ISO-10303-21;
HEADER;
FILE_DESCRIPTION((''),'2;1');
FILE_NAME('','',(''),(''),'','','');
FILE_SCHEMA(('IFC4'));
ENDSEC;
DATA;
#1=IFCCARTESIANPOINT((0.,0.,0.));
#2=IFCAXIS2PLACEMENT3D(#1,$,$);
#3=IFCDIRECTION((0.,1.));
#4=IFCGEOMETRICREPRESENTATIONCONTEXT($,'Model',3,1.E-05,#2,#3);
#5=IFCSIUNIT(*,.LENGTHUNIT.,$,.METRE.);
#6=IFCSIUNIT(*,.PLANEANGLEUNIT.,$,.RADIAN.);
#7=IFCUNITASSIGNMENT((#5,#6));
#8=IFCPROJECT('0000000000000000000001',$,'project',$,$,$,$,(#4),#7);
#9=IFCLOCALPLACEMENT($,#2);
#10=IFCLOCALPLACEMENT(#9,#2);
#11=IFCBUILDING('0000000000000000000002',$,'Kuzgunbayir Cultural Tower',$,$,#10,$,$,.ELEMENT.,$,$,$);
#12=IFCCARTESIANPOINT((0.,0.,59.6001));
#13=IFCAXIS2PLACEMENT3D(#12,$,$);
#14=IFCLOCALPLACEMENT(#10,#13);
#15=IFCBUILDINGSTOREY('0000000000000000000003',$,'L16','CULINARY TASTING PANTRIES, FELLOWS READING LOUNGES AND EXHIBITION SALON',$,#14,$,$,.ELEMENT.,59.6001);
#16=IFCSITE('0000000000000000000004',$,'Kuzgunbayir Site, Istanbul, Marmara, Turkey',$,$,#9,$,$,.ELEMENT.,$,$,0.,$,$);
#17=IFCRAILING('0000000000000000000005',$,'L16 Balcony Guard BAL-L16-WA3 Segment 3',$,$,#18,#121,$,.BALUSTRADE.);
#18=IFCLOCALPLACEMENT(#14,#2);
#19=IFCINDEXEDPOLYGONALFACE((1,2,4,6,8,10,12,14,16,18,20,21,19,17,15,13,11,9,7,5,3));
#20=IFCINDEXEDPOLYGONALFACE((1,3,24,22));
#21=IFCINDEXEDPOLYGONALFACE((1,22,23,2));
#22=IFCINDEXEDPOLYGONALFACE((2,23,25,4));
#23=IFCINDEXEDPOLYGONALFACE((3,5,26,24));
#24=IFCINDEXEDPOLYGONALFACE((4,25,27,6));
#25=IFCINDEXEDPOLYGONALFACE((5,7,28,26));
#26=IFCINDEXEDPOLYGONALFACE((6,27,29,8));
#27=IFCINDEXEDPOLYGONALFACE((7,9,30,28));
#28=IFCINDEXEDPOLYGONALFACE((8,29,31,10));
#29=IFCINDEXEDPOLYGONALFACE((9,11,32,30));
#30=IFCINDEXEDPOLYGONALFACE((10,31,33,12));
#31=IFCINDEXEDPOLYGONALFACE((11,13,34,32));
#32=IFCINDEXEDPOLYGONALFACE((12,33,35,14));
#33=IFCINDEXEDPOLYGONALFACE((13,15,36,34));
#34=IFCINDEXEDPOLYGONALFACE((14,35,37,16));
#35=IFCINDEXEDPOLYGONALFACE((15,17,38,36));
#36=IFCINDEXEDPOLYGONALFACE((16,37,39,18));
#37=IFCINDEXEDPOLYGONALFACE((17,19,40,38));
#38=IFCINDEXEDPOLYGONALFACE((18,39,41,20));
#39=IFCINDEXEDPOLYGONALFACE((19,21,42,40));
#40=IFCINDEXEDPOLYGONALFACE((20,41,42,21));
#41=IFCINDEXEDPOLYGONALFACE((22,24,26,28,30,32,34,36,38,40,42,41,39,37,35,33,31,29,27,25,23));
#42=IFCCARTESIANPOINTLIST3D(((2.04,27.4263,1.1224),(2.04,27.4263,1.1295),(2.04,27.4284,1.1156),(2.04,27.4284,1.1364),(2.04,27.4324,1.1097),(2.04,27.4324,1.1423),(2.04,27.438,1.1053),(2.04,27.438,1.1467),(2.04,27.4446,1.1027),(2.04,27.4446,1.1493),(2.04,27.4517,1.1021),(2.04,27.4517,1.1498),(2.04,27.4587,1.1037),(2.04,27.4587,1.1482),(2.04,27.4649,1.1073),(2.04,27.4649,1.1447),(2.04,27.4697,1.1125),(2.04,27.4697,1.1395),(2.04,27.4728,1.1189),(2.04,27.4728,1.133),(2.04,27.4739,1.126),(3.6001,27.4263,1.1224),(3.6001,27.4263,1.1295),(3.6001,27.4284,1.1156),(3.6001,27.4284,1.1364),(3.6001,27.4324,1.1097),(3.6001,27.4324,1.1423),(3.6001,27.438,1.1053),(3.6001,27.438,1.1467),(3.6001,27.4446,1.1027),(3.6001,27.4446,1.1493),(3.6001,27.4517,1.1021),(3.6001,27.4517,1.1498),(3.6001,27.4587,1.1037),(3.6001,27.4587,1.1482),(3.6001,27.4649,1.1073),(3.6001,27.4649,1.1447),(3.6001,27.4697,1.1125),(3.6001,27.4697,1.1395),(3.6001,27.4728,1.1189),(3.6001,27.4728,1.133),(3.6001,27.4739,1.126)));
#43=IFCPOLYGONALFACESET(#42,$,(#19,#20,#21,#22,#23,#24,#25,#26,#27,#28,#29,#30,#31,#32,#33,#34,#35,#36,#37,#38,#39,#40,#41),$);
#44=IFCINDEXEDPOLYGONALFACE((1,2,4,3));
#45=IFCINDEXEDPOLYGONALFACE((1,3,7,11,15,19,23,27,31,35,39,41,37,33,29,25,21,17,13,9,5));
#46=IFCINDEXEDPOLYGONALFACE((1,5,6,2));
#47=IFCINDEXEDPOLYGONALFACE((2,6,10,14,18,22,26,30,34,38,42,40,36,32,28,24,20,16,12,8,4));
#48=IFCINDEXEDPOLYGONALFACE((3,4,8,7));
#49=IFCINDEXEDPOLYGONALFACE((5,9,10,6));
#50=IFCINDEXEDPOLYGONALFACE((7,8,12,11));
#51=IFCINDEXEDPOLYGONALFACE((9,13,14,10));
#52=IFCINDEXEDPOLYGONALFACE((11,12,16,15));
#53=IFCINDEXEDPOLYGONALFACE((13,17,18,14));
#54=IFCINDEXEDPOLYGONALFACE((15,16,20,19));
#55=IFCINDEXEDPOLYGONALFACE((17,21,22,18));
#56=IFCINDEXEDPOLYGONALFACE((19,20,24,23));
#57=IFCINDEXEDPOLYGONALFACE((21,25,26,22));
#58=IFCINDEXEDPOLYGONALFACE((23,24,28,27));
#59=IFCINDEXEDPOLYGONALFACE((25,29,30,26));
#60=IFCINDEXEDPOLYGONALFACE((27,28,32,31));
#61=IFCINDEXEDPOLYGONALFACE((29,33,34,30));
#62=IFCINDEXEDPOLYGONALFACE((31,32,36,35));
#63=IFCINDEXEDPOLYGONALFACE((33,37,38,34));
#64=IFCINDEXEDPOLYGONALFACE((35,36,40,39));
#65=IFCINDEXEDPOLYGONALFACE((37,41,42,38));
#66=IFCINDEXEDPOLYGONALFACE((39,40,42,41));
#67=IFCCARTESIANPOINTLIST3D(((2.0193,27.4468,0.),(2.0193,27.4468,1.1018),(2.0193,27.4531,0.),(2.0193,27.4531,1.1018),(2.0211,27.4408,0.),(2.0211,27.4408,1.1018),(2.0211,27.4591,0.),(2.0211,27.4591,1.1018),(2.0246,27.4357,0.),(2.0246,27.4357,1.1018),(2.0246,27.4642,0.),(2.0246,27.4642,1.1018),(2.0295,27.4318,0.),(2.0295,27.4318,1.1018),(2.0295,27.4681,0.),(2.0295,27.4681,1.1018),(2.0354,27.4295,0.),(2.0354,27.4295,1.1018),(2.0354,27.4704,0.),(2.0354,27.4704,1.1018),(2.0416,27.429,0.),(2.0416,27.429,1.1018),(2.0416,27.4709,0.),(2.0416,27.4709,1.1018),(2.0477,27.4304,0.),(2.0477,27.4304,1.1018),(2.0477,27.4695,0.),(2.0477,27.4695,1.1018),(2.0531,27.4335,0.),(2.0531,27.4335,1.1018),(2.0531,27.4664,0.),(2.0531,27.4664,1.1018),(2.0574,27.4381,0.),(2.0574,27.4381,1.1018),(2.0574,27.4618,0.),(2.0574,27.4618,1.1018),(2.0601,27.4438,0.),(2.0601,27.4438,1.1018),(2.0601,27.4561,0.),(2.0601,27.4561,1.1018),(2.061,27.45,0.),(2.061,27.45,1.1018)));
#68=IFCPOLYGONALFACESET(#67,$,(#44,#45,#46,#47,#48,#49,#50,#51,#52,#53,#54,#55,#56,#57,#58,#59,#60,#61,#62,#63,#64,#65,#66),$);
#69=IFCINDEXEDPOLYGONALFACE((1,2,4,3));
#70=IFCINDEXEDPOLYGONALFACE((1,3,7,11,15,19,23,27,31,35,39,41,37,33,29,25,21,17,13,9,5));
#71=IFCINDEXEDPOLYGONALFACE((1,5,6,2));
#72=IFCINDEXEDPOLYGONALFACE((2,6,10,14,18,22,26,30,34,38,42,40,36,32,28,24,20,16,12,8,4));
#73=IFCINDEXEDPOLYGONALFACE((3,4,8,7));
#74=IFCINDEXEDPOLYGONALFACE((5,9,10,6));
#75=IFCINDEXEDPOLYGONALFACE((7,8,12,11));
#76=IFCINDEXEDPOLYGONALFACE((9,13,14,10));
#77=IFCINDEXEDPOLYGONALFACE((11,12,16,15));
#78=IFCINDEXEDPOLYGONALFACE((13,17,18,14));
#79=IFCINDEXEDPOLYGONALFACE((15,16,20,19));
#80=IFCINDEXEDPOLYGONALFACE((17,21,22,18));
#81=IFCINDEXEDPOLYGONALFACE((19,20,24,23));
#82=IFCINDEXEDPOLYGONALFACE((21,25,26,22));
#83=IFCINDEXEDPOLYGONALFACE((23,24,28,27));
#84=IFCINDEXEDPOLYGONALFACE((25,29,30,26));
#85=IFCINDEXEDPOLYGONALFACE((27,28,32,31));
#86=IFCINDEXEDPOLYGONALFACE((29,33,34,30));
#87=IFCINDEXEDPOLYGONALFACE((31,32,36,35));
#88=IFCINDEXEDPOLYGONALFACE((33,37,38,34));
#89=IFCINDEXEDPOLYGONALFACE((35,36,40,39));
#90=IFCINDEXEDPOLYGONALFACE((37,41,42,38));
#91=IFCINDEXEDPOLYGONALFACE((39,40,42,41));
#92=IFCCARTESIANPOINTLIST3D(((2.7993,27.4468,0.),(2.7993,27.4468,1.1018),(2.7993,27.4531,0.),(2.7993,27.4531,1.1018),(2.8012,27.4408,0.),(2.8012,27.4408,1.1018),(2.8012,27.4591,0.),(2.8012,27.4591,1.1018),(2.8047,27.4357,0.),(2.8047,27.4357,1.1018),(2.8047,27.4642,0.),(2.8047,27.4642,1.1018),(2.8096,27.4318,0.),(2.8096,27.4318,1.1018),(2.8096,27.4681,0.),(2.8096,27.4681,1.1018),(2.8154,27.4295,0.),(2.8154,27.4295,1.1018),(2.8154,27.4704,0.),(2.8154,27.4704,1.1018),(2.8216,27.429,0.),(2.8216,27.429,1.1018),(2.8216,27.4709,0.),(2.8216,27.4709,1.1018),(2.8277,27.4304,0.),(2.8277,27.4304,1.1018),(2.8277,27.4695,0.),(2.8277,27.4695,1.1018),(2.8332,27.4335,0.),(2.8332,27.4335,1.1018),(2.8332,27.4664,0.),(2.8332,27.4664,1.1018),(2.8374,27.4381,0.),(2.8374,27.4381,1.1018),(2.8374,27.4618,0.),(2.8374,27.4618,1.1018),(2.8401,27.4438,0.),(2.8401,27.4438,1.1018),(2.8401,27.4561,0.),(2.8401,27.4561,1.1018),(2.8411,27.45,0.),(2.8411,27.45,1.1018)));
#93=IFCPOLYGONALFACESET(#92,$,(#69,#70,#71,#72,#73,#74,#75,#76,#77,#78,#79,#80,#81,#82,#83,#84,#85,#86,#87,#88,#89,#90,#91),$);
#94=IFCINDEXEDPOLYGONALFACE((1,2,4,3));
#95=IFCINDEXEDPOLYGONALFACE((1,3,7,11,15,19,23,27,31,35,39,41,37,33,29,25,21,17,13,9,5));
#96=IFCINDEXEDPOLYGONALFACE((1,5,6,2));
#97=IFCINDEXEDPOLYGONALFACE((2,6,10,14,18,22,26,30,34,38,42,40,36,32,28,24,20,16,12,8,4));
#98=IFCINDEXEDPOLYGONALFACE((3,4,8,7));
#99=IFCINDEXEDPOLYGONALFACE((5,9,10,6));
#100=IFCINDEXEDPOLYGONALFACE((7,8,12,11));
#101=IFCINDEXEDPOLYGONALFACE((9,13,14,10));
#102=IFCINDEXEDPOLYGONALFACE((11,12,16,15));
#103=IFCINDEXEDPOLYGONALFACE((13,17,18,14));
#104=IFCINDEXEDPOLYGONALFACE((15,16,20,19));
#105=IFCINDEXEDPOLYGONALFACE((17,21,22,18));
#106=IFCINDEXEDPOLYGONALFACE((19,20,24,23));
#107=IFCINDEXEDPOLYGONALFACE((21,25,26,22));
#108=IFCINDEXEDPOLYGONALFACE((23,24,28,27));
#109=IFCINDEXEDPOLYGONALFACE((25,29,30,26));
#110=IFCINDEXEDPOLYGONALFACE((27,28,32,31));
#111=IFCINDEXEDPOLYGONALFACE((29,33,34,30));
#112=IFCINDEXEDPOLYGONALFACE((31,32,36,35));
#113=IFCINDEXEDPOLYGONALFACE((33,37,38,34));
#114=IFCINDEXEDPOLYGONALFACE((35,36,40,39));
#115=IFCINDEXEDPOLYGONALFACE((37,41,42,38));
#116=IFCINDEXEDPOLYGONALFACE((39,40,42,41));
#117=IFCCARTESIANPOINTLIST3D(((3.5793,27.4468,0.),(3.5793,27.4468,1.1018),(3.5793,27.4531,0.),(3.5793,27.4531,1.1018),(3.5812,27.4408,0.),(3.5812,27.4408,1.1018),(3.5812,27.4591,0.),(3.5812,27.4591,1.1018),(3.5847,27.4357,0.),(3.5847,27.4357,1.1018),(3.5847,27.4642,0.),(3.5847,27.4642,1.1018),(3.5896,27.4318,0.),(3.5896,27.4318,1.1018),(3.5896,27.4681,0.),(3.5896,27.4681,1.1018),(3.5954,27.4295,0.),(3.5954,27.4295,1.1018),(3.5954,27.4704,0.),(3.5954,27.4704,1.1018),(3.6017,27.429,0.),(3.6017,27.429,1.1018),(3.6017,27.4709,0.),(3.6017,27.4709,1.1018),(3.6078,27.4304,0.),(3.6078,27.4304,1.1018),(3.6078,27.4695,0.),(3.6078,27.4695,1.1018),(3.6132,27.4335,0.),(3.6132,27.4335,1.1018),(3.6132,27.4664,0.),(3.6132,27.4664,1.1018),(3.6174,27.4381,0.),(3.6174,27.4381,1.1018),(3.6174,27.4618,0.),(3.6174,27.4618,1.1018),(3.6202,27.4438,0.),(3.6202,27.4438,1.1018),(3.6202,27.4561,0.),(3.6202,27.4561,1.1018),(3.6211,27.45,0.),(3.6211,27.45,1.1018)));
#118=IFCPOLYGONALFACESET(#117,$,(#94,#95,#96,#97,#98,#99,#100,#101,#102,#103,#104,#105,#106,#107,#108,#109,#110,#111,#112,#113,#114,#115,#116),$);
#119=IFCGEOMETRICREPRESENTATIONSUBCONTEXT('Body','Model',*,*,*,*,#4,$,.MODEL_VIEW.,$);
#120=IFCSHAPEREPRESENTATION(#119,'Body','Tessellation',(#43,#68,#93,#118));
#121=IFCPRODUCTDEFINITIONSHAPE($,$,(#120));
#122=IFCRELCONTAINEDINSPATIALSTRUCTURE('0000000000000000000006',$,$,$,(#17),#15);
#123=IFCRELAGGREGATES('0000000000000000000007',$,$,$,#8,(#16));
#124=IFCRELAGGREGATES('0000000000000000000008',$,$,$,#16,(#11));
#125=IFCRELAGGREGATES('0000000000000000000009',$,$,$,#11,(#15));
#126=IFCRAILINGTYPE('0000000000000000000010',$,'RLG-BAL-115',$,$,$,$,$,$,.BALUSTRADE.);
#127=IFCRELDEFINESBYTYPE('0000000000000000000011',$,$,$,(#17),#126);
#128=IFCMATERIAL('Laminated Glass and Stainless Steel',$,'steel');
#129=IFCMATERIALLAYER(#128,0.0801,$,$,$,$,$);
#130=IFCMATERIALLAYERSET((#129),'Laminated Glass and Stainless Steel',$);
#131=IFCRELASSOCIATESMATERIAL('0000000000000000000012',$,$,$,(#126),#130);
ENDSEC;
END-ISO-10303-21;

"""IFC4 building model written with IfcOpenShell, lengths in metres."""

from ifc_helpers import new_model, si_unit, direction, frame, origin, origin_2d, place, context, subcontext, project, spatial, circle, extrude, material, layer, layer_set, type_object, element, save


model = new_model("IFC4")

# Units and contexts
model_context = context("Model", 3, precision=1e-05, world=origin(), true_north=direction((0.0, 1.0)))
body_context = subcontext(model_context, "Body", "Model", "MODEL_VIEW")
ifc_project = project(units=[si_unit("LENGTHUNIT", "METRE"), si_unit("PLANEANGLEUNIT", "RADIAN")], contexts=[model_context])

# Site, building, storey
site_placement = place(None, origin())
site = spatial("IfcSite", under=ifc_project, at=site_placement, Name="Kuzgunbayir Site, Istanbul, Marmara, Turkey", CompositionType="ELEMENT", RefElevation=0.0)
building_placement = place(site_placement, origin())
building = spatial("IfcBuilding", under=site, at=building_placement, Name="Kuzgunbayir Cultural Tower", CompositionType="ELEMENT")
storey_placement = place(building_placement, frame((0.0, 0.0, 59.6001)))
storey = spatial("IfcBuildingStorey", under=building, at=storey_placement, Name="L16", Description="CULINARY TASTING PANTRIES, FELLOWS READING LOUNGES AND EXHIBITION SALON", CompositionType="ELEMENT", Elevation=59.6001)

# Railing
ifc_material_1 = material(Name="Laminated Glass and Stainless Steel", Category="steel")
ifc_layer_1 = layer(ifc_material_1, 0.0801)
ifc_layer_set_1 = layer_set([ifc_layer_1], Name="Laminated Glass and Stainless Steel")
railing_type = type_object("IfcRailingType", Name="RLG-BAL-115", PredefinedType="BALUSTRADE", material=ifc_layer_set_1)
railing_1_placement = place(storey_placement, frame((2.04, 27.45, 0.0)))
element("IfcRailing", 1, at=railing_1_placement, inside=storey, type_object=railing_type, Name="L16 Balcony Guard BAL-L16-WA3 Segment 3", PredefinedType="BALUSTRADE", context=body_context, shape_type="SweptSolid", body=[
    extrude(circle(Radius=0.0239, at=origin_2d()), frame((0.0, 0.0, 1.126), z_axis=(1.0, 0.0, 0.0), x_axis=(0.0, 1.0, 0.0)), (0.0, 0.0, 1.0), 1.5601),
    extrude(circle(Radius=0.021, at=origin_2d()), origin(), (0.0, 0.0, 1.0), 1.1018),
    extrude(circle(Radius=0.021, at=origin_2d()), frame((0.78, 0.0, 0.0)), (0.0, 0.0, 1.0), 1.1018),
    extrude(circle(Radius=0.021, at=origin_2d()), frame((1.5601, 0.0, 0.0)), (0.0, 0.0, 1.0), 1.1018),
])

save(model, "model.ifc")
